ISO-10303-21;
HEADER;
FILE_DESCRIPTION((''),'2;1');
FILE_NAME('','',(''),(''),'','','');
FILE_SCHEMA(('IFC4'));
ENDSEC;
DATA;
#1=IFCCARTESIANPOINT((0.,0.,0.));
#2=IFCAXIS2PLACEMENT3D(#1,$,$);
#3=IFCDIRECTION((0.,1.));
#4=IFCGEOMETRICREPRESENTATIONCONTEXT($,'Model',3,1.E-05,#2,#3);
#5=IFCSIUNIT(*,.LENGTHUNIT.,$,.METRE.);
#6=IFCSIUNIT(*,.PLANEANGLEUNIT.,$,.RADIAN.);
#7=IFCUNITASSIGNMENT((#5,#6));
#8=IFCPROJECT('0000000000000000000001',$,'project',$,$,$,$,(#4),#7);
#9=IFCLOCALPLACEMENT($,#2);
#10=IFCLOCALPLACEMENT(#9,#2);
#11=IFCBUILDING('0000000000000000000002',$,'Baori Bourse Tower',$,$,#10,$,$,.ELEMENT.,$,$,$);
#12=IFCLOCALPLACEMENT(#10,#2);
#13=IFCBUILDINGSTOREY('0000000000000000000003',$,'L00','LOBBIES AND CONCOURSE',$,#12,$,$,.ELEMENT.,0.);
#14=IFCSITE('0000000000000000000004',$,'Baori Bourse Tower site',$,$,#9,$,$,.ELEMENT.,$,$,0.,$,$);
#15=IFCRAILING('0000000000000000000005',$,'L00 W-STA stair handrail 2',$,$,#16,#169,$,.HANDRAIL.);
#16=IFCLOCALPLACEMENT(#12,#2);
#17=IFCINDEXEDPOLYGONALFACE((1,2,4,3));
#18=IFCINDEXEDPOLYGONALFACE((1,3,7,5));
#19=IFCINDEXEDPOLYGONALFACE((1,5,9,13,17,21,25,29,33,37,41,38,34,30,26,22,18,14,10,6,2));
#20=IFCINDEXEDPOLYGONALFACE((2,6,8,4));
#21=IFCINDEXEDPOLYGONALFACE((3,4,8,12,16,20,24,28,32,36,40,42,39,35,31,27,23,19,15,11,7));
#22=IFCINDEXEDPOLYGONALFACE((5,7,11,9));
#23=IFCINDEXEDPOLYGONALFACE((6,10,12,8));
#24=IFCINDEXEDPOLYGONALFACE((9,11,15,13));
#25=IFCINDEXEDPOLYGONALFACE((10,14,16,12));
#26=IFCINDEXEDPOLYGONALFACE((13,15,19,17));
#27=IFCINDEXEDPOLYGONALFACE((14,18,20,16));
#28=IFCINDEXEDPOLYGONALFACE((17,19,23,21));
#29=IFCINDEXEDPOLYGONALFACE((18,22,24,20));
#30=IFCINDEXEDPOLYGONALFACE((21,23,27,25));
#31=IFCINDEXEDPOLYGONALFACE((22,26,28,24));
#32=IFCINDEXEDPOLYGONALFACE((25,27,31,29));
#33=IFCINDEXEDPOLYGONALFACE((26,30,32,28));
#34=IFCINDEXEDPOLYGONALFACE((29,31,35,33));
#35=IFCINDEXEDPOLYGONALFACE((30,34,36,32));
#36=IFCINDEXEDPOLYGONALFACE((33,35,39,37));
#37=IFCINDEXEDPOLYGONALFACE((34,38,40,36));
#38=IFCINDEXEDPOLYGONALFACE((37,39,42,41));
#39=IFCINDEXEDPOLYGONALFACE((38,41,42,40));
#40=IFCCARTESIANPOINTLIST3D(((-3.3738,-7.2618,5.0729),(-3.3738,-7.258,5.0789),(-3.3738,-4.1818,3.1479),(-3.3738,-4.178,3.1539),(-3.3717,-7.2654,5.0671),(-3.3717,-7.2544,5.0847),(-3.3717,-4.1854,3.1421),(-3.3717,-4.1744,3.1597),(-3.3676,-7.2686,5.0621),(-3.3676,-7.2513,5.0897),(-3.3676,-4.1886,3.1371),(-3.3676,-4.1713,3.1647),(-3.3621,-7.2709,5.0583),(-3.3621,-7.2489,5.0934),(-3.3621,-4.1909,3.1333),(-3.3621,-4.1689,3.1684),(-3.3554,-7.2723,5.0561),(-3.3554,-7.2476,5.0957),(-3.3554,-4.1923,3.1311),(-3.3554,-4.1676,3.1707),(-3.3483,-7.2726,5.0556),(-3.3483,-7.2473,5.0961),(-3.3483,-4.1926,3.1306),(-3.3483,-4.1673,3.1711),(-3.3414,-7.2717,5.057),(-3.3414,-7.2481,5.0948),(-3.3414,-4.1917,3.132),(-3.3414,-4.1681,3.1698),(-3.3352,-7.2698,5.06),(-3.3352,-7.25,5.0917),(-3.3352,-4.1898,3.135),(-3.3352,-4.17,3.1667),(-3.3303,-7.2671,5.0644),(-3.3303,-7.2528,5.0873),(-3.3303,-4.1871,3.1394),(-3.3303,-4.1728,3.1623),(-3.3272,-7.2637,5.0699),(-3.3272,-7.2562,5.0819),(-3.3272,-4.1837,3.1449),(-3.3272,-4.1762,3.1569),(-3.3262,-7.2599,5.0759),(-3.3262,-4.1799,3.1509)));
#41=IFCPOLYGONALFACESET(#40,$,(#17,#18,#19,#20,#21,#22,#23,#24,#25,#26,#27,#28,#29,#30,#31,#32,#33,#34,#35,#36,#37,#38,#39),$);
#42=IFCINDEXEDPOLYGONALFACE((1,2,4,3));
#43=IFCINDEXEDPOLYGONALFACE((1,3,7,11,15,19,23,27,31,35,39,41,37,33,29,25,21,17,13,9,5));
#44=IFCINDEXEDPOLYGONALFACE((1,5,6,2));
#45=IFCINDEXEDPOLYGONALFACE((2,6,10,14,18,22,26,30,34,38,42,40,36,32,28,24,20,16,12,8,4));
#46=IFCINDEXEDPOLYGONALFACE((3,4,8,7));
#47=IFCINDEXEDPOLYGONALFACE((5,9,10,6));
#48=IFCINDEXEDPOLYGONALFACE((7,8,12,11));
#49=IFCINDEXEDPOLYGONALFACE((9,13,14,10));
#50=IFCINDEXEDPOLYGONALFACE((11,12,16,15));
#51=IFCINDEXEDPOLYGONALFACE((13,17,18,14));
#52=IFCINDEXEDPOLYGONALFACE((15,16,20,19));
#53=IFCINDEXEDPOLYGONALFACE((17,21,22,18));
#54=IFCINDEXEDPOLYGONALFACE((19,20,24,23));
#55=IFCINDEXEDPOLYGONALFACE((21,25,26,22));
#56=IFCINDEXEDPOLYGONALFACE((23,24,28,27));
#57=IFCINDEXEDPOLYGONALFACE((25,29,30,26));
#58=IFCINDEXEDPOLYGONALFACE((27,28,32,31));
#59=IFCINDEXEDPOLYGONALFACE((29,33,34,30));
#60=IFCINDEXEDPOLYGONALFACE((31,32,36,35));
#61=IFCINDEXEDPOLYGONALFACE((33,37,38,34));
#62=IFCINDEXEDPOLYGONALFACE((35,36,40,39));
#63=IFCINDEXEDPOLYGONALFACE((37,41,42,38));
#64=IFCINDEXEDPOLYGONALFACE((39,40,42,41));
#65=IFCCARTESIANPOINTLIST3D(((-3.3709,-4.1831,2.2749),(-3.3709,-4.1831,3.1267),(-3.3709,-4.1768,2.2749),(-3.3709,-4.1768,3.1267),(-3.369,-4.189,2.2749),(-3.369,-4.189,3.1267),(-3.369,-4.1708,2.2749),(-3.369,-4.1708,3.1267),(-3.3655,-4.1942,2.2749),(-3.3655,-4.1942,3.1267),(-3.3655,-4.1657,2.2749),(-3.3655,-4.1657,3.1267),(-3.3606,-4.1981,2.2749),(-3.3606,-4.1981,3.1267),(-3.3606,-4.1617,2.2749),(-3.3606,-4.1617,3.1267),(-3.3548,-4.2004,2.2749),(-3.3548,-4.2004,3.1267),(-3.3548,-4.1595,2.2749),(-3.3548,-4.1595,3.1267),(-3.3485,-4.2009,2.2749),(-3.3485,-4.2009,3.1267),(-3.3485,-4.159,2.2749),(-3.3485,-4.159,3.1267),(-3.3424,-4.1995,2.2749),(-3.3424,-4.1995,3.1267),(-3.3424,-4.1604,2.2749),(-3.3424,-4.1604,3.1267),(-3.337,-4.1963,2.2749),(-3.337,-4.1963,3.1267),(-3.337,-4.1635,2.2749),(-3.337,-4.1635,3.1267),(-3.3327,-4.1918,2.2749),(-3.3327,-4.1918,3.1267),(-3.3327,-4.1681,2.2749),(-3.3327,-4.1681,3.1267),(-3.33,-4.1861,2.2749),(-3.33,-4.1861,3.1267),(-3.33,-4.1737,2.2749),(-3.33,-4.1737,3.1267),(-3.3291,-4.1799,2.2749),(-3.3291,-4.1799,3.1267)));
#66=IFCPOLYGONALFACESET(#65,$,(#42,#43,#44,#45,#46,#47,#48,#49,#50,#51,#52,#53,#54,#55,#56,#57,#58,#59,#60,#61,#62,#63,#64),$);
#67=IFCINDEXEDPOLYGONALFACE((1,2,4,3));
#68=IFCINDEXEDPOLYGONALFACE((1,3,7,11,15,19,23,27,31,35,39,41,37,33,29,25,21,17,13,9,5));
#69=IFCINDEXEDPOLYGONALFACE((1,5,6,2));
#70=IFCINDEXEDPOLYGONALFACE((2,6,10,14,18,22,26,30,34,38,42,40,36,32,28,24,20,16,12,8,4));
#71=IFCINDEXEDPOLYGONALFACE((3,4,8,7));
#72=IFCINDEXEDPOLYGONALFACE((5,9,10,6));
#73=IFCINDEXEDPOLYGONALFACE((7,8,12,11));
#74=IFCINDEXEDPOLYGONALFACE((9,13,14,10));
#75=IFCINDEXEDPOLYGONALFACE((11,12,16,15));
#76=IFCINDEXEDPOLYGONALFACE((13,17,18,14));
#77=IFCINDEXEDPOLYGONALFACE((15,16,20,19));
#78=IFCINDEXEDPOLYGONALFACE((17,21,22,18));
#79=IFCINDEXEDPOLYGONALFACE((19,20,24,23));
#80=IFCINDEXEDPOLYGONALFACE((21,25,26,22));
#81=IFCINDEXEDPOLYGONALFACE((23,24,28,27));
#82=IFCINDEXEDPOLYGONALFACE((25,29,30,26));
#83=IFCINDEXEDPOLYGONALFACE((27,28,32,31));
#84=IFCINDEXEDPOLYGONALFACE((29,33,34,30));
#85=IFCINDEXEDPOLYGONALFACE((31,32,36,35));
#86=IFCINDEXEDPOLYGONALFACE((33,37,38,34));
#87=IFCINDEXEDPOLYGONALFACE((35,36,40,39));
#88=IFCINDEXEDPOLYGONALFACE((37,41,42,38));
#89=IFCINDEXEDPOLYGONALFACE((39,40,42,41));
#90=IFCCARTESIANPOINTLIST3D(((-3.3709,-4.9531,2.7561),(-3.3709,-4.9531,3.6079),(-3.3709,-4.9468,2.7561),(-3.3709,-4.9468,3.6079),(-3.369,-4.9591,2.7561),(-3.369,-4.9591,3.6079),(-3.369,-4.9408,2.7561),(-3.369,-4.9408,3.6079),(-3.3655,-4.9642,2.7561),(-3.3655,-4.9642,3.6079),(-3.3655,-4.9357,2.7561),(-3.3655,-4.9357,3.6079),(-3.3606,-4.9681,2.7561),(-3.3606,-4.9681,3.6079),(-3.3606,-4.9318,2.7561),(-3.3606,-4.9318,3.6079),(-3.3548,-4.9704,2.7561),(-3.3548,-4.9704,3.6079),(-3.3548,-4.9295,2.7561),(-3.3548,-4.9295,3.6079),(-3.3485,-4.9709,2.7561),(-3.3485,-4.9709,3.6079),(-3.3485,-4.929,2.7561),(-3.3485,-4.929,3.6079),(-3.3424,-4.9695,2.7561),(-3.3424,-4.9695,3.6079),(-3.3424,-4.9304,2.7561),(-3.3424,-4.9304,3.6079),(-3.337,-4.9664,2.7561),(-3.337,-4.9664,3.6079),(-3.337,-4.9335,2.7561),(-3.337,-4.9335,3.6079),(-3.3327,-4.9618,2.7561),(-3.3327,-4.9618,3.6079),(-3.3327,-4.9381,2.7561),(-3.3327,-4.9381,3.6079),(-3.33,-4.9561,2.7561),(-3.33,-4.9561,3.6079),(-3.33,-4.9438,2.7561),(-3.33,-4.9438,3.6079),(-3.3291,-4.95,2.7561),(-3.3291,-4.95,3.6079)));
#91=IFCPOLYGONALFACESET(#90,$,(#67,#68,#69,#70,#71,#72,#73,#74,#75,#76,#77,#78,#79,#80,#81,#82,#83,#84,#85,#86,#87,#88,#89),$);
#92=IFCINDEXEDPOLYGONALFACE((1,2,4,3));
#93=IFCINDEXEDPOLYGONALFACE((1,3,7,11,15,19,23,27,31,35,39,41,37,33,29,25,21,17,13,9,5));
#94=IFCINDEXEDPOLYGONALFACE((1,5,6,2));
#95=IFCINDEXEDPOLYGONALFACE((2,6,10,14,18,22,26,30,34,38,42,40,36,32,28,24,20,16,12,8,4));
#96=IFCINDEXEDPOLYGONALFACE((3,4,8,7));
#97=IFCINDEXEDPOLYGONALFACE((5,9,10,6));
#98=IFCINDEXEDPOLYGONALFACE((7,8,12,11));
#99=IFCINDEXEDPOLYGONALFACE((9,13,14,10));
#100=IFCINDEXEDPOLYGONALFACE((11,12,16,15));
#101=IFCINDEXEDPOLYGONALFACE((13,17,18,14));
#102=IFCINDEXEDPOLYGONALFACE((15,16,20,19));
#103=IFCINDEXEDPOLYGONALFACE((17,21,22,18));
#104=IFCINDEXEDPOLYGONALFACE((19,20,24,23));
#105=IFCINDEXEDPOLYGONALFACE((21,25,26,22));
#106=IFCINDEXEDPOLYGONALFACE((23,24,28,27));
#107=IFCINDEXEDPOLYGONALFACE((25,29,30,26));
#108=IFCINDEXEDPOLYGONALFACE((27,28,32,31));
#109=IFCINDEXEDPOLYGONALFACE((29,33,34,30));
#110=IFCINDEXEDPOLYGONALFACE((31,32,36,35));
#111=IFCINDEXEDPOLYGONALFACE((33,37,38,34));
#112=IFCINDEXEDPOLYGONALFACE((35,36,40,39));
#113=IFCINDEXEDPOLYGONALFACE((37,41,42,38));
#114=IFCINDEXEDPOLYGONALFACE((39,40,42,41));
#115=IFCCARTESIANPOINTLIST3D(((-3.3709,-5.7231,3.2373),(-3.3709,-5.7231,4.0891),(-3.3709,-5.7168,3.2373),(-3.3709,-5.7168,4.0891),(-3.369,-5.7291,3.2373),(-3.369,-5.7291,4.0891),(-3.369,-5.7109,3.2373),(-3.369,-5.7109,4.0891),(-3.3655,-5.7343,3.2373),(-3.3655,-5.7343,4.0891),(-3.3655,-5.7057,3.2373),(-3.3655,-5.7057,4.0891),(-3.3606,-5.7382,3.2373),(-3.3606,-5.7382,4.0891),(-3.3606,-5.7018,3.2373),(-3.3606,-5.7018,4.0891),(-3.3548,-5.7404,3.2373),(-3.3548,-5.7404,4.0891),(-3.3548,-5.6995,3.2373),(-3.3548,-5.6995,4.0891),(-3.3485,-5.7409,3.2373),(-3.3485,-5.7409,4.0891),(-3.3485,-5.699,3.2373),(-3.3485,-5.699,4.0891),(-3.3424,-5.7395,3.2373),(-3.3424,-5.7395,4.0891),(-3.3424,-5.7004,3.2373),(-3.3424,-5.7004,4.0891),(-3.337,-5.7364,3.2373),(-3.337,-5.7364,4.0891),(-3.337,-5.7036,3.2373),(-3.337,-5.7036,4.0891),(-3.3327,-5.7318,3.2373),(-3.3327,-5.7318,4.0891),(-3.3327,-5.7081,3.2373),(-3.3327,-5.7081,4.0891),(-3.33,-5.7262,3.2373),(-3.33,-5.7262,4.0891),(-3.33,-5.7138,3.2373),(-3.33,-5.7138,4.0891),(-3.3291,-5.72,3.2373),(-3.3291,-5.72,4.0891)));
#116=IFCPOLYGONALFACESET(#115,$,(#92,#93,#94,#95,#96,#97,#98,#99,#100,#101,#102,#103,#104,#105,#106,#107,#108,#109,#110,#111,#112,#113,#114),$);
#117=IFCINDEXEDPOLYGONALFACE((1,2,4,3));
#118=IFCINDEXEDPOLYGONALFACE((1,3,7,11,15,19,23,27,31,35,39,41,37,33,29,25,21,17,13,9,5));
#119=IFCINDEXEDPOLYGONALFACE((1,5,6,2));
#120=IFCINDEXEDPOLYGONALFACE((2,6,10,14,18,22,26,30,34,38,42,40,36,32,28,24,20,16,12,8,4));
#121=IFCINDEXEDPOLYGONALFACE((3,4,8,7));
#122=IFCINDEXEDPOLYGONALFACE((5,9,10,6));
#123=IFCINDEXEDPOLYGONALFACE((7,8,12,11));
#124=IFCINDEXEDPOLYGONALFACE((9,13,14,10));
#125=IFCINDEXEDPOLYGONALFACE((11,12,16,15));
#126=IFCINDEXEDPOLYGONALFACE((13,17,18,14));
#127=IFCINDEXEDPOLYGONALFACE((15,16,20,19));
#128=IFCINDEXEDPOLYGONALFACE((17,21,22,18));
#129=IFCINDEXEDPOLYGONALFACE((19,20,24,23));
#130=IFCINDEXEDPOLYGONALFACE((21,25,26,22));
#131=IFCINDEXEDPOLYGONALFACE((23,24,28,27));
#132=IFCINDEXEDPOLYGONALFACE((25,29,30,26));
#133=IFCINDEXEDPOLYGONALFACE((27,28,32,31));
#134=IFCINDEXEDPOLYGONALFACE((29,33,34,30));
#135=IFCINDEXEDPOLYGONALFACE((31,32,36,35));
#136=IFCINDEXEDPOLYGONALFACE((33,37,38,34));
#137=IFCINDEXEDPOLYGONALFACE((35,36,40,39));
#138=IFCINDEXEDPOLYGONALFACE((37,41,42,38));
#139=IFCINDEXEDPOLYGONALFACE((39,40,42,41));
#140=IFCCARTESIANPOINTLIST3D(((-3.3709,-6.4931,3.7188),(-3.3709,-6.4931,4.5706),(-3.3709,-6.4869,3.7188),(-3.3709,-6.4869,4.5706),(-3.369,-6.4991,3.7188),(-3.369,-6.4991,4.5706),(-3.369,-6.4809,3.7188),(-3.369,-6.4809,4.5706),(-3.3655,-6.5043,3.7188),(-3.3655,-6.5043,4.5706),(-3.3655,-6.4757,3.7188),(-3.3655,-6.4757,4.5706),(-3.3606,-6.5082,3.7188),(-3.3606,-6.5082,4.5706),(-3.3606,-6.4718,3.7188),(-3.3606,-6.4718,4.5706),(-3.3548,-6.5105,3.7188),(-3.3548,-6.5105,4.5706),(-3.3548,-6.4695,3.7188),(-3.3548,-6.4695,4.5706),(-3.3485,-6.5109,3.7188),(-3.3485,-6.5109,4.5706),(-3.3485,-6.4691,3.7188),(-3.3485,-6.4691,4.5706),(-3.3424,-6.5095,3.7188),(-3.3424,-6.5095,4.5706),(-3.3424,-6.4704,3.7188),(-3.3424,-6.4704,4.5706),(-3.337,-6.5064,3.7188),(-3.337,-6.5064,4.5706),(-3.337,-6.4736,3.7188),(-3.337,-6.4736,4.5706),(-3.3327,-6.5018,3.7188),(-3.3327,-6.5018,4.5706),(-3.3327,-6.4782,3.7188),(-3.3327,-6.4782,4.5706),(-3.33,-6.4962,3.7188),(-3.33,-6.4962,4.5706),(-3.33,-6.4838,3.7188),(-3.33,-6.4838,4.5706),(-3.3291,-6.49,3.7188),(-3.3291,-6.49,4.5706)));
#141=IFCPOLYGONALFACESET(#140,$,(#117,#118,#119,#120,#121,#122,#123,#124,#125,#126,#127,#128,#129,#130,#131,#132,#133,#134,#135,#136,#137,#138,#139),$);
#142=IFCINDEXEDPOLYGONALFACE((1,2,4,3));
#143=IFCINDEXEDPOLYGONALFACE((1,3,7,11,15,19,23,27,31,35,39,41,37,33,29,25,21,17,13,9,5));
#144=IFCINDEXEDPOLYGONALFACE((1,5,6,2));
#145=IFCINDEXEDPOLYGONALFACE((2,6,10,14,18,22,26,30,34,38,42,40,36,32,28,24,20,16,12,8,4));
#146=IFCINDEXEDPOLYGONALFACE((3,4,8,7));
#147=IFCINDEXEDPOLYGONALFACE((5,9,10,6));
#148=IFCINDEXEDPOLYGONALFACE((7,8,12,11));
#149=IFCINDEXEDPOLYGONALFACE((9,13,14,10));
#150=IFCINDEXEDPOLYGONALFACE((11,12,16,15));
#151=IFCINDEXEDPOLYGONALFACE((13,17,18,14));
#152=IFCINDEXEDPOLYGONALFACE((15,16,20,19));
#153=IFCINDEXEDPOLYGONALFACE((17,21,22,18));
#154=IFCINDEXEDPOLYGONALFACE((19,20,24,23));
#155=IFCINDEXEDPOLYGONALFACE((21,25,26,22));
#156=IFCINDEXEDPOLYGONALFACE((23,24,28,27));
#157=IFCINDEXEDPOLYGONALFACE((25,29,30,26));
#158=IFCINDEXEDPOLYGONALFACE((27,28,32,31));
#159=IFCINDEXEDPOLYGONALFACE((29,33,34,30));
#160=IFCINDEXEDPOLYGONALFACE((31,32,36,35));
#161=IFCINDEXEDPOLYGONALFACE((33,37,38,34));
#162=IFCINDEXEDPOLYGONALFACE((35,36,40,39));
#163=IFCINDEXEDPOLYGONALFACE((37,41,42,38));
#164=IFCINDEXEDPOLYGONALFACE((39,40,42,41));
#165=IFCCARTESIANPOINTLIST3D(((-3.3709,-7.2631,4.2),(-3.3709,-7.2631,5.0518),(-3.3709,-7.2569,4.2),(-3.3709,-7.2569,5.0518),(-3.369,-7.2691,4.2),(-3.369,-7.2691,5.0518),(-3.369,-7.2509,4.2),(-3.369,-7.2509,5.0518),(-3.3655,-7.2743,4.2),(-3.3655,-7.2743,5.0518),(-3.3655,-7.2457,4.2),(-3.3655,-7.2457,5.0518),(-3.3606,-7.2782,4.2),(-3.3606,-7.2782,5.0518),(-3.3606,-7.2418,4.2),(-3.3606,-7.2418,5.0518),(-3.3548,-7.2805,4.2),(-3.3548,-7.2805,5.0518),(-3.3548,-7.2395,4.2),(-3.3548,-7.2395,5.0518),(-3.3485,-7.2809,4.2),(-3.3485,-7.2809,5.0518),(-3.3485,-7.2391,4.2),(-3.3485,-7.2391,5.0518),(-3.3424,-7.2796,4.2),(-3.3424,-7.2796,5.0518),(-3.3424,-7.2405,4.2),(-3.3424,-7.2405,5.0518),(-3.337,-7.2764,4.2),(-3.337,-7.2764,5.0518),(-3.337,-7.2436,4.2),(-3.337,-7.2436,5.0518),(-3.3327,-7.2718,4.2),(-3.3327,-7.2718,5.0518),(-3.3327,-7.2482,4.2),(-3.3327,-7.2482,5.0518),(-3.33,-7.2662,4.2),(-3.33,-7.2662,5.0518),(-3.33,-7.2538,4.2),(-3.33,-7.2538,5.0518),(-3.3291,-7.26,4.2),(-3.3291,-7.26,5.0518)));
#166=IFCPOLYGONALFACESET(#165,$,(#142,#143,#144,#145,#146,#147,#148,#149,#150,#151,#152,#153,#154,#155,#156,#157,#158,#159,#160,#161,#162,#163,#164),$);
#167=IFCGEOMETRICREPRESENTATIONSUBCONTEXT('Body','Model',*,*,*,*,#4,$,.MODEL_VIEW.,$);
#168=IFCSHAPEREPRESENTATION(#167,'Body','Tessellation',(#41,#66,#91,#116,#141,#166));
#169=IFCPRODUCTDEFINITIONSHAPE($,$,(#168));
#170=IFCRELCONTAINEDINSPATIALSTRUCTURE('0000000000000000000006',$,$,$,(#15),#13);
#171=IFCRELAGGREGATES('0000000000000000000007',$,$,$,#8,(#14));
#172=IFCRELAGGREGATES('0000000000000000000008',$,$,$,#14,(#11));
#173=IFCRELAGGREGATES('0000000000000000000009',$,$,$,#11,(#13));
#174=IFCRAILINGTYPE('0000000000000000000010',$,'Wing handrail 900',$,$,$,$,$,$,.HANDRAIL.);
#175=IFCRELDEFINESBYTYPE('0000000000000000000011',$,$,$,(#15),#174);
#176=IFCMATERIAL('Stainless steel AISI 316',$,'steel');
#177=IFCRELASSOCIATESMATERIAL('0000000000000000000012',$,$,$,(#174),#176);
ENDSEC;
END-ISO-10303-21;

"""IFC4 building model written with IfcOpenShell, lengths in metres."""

from ifc_helpers import new_model, si_unit, direction, frame, origin, origin_2d, place, context, subcontext, project, spatial, circle, extrude, material, type_object, element, save


model = new_model("IFC4")

# Units and contexts
model_context = context("Model", 3, precision=1e-05, world=origin(), true_north=direction((0.0, 1.0)))
body_context = subcontext(model_context, "Body", "Model", "MODEL_VIEW")
ifc_project = project(units=[si_unit("LENGTHUNIT", "METRE"), si_unit("PLANEANGLEUNIT", "RADIAN")], contexts=[model_context])

# Site, building, storey
site_placement = place(None, origin())
site = spatial("IfcSite", under=ifc_project, at=site_placement, Name="Baori Bourse Tower site", CompositionType="ELEMENT", RefElevation=0.0)
building_placement = place(site_placement, origin())
building = spatial("IfcBuilding", under=site, at=building_placement, Name="Baori Bourse Tower", CompositionType="ELEMENT")
storey_placement = place(building_placement, origin())
storey = spatial("IfcBuildingStorey", under=building, at=storey_placement, Name="L00", Description="LOBBIES AND CONCOURSE", CompositionType="ELEMENT", Elevation=0.0)

# Railing
ifc_material_1 = material(Name="Stainless steel AISI 316", Category="steel")
railing_type = type_object("IfcRailingType", Name="Wing handrail 900", PredefinedType="HANDRAIL", material=ifc_material_1)
railing_placement = place(storey_placement, frame((-3.3501, -4.1799, 2.2749)))
element("IfcRailing", 1, at=railing_placement, inside=storey, type_object=railing_type, Name="L00 W-STA stair handrail 2", PredefinedType="HANDRAIL", context=body_context, shape_type="SweptSolid", body=[
    extrude(circle(Radius=0.0239, at=origin_2d()), frame((0.0, 0.0, 0.876), z_axis=(0.0, -0.847998, 0.529999), x_axis=(1.0, 0.0, 0.0)), (0.0, 0.0, 1.0), 3.6321),
    extrude(circle(Radius=0.021, at=origin_2d()), origin(), (0.0, 0.0, 1.0), 0.8518),
    extrude(circle(Radius=0.021, at=origin_2d()), frame((0.0, -0.77, 0.4812)), (0.0, 0.0, 1.0), 0.8518),
    extrude(circle(Radius=0.021, at=origin_2d()), frame((0.0, -1.54, 0.9624)), (0.0, 0.0, 1.0), 0.8518),
    extrude(circle(Radius=0.021, at=origin_2d()), frame((0.0, -2.3101, 1.4438)), (0.0, 0.0, 1.0), 0.8518),
    extrude(circle(Radius=0.021, at=origin_2d()), frame((0.0, -3.0801, 1.925)), (0.0, 0.0, 1.0), 0.8518),
])

save(model, "model.ifc")
